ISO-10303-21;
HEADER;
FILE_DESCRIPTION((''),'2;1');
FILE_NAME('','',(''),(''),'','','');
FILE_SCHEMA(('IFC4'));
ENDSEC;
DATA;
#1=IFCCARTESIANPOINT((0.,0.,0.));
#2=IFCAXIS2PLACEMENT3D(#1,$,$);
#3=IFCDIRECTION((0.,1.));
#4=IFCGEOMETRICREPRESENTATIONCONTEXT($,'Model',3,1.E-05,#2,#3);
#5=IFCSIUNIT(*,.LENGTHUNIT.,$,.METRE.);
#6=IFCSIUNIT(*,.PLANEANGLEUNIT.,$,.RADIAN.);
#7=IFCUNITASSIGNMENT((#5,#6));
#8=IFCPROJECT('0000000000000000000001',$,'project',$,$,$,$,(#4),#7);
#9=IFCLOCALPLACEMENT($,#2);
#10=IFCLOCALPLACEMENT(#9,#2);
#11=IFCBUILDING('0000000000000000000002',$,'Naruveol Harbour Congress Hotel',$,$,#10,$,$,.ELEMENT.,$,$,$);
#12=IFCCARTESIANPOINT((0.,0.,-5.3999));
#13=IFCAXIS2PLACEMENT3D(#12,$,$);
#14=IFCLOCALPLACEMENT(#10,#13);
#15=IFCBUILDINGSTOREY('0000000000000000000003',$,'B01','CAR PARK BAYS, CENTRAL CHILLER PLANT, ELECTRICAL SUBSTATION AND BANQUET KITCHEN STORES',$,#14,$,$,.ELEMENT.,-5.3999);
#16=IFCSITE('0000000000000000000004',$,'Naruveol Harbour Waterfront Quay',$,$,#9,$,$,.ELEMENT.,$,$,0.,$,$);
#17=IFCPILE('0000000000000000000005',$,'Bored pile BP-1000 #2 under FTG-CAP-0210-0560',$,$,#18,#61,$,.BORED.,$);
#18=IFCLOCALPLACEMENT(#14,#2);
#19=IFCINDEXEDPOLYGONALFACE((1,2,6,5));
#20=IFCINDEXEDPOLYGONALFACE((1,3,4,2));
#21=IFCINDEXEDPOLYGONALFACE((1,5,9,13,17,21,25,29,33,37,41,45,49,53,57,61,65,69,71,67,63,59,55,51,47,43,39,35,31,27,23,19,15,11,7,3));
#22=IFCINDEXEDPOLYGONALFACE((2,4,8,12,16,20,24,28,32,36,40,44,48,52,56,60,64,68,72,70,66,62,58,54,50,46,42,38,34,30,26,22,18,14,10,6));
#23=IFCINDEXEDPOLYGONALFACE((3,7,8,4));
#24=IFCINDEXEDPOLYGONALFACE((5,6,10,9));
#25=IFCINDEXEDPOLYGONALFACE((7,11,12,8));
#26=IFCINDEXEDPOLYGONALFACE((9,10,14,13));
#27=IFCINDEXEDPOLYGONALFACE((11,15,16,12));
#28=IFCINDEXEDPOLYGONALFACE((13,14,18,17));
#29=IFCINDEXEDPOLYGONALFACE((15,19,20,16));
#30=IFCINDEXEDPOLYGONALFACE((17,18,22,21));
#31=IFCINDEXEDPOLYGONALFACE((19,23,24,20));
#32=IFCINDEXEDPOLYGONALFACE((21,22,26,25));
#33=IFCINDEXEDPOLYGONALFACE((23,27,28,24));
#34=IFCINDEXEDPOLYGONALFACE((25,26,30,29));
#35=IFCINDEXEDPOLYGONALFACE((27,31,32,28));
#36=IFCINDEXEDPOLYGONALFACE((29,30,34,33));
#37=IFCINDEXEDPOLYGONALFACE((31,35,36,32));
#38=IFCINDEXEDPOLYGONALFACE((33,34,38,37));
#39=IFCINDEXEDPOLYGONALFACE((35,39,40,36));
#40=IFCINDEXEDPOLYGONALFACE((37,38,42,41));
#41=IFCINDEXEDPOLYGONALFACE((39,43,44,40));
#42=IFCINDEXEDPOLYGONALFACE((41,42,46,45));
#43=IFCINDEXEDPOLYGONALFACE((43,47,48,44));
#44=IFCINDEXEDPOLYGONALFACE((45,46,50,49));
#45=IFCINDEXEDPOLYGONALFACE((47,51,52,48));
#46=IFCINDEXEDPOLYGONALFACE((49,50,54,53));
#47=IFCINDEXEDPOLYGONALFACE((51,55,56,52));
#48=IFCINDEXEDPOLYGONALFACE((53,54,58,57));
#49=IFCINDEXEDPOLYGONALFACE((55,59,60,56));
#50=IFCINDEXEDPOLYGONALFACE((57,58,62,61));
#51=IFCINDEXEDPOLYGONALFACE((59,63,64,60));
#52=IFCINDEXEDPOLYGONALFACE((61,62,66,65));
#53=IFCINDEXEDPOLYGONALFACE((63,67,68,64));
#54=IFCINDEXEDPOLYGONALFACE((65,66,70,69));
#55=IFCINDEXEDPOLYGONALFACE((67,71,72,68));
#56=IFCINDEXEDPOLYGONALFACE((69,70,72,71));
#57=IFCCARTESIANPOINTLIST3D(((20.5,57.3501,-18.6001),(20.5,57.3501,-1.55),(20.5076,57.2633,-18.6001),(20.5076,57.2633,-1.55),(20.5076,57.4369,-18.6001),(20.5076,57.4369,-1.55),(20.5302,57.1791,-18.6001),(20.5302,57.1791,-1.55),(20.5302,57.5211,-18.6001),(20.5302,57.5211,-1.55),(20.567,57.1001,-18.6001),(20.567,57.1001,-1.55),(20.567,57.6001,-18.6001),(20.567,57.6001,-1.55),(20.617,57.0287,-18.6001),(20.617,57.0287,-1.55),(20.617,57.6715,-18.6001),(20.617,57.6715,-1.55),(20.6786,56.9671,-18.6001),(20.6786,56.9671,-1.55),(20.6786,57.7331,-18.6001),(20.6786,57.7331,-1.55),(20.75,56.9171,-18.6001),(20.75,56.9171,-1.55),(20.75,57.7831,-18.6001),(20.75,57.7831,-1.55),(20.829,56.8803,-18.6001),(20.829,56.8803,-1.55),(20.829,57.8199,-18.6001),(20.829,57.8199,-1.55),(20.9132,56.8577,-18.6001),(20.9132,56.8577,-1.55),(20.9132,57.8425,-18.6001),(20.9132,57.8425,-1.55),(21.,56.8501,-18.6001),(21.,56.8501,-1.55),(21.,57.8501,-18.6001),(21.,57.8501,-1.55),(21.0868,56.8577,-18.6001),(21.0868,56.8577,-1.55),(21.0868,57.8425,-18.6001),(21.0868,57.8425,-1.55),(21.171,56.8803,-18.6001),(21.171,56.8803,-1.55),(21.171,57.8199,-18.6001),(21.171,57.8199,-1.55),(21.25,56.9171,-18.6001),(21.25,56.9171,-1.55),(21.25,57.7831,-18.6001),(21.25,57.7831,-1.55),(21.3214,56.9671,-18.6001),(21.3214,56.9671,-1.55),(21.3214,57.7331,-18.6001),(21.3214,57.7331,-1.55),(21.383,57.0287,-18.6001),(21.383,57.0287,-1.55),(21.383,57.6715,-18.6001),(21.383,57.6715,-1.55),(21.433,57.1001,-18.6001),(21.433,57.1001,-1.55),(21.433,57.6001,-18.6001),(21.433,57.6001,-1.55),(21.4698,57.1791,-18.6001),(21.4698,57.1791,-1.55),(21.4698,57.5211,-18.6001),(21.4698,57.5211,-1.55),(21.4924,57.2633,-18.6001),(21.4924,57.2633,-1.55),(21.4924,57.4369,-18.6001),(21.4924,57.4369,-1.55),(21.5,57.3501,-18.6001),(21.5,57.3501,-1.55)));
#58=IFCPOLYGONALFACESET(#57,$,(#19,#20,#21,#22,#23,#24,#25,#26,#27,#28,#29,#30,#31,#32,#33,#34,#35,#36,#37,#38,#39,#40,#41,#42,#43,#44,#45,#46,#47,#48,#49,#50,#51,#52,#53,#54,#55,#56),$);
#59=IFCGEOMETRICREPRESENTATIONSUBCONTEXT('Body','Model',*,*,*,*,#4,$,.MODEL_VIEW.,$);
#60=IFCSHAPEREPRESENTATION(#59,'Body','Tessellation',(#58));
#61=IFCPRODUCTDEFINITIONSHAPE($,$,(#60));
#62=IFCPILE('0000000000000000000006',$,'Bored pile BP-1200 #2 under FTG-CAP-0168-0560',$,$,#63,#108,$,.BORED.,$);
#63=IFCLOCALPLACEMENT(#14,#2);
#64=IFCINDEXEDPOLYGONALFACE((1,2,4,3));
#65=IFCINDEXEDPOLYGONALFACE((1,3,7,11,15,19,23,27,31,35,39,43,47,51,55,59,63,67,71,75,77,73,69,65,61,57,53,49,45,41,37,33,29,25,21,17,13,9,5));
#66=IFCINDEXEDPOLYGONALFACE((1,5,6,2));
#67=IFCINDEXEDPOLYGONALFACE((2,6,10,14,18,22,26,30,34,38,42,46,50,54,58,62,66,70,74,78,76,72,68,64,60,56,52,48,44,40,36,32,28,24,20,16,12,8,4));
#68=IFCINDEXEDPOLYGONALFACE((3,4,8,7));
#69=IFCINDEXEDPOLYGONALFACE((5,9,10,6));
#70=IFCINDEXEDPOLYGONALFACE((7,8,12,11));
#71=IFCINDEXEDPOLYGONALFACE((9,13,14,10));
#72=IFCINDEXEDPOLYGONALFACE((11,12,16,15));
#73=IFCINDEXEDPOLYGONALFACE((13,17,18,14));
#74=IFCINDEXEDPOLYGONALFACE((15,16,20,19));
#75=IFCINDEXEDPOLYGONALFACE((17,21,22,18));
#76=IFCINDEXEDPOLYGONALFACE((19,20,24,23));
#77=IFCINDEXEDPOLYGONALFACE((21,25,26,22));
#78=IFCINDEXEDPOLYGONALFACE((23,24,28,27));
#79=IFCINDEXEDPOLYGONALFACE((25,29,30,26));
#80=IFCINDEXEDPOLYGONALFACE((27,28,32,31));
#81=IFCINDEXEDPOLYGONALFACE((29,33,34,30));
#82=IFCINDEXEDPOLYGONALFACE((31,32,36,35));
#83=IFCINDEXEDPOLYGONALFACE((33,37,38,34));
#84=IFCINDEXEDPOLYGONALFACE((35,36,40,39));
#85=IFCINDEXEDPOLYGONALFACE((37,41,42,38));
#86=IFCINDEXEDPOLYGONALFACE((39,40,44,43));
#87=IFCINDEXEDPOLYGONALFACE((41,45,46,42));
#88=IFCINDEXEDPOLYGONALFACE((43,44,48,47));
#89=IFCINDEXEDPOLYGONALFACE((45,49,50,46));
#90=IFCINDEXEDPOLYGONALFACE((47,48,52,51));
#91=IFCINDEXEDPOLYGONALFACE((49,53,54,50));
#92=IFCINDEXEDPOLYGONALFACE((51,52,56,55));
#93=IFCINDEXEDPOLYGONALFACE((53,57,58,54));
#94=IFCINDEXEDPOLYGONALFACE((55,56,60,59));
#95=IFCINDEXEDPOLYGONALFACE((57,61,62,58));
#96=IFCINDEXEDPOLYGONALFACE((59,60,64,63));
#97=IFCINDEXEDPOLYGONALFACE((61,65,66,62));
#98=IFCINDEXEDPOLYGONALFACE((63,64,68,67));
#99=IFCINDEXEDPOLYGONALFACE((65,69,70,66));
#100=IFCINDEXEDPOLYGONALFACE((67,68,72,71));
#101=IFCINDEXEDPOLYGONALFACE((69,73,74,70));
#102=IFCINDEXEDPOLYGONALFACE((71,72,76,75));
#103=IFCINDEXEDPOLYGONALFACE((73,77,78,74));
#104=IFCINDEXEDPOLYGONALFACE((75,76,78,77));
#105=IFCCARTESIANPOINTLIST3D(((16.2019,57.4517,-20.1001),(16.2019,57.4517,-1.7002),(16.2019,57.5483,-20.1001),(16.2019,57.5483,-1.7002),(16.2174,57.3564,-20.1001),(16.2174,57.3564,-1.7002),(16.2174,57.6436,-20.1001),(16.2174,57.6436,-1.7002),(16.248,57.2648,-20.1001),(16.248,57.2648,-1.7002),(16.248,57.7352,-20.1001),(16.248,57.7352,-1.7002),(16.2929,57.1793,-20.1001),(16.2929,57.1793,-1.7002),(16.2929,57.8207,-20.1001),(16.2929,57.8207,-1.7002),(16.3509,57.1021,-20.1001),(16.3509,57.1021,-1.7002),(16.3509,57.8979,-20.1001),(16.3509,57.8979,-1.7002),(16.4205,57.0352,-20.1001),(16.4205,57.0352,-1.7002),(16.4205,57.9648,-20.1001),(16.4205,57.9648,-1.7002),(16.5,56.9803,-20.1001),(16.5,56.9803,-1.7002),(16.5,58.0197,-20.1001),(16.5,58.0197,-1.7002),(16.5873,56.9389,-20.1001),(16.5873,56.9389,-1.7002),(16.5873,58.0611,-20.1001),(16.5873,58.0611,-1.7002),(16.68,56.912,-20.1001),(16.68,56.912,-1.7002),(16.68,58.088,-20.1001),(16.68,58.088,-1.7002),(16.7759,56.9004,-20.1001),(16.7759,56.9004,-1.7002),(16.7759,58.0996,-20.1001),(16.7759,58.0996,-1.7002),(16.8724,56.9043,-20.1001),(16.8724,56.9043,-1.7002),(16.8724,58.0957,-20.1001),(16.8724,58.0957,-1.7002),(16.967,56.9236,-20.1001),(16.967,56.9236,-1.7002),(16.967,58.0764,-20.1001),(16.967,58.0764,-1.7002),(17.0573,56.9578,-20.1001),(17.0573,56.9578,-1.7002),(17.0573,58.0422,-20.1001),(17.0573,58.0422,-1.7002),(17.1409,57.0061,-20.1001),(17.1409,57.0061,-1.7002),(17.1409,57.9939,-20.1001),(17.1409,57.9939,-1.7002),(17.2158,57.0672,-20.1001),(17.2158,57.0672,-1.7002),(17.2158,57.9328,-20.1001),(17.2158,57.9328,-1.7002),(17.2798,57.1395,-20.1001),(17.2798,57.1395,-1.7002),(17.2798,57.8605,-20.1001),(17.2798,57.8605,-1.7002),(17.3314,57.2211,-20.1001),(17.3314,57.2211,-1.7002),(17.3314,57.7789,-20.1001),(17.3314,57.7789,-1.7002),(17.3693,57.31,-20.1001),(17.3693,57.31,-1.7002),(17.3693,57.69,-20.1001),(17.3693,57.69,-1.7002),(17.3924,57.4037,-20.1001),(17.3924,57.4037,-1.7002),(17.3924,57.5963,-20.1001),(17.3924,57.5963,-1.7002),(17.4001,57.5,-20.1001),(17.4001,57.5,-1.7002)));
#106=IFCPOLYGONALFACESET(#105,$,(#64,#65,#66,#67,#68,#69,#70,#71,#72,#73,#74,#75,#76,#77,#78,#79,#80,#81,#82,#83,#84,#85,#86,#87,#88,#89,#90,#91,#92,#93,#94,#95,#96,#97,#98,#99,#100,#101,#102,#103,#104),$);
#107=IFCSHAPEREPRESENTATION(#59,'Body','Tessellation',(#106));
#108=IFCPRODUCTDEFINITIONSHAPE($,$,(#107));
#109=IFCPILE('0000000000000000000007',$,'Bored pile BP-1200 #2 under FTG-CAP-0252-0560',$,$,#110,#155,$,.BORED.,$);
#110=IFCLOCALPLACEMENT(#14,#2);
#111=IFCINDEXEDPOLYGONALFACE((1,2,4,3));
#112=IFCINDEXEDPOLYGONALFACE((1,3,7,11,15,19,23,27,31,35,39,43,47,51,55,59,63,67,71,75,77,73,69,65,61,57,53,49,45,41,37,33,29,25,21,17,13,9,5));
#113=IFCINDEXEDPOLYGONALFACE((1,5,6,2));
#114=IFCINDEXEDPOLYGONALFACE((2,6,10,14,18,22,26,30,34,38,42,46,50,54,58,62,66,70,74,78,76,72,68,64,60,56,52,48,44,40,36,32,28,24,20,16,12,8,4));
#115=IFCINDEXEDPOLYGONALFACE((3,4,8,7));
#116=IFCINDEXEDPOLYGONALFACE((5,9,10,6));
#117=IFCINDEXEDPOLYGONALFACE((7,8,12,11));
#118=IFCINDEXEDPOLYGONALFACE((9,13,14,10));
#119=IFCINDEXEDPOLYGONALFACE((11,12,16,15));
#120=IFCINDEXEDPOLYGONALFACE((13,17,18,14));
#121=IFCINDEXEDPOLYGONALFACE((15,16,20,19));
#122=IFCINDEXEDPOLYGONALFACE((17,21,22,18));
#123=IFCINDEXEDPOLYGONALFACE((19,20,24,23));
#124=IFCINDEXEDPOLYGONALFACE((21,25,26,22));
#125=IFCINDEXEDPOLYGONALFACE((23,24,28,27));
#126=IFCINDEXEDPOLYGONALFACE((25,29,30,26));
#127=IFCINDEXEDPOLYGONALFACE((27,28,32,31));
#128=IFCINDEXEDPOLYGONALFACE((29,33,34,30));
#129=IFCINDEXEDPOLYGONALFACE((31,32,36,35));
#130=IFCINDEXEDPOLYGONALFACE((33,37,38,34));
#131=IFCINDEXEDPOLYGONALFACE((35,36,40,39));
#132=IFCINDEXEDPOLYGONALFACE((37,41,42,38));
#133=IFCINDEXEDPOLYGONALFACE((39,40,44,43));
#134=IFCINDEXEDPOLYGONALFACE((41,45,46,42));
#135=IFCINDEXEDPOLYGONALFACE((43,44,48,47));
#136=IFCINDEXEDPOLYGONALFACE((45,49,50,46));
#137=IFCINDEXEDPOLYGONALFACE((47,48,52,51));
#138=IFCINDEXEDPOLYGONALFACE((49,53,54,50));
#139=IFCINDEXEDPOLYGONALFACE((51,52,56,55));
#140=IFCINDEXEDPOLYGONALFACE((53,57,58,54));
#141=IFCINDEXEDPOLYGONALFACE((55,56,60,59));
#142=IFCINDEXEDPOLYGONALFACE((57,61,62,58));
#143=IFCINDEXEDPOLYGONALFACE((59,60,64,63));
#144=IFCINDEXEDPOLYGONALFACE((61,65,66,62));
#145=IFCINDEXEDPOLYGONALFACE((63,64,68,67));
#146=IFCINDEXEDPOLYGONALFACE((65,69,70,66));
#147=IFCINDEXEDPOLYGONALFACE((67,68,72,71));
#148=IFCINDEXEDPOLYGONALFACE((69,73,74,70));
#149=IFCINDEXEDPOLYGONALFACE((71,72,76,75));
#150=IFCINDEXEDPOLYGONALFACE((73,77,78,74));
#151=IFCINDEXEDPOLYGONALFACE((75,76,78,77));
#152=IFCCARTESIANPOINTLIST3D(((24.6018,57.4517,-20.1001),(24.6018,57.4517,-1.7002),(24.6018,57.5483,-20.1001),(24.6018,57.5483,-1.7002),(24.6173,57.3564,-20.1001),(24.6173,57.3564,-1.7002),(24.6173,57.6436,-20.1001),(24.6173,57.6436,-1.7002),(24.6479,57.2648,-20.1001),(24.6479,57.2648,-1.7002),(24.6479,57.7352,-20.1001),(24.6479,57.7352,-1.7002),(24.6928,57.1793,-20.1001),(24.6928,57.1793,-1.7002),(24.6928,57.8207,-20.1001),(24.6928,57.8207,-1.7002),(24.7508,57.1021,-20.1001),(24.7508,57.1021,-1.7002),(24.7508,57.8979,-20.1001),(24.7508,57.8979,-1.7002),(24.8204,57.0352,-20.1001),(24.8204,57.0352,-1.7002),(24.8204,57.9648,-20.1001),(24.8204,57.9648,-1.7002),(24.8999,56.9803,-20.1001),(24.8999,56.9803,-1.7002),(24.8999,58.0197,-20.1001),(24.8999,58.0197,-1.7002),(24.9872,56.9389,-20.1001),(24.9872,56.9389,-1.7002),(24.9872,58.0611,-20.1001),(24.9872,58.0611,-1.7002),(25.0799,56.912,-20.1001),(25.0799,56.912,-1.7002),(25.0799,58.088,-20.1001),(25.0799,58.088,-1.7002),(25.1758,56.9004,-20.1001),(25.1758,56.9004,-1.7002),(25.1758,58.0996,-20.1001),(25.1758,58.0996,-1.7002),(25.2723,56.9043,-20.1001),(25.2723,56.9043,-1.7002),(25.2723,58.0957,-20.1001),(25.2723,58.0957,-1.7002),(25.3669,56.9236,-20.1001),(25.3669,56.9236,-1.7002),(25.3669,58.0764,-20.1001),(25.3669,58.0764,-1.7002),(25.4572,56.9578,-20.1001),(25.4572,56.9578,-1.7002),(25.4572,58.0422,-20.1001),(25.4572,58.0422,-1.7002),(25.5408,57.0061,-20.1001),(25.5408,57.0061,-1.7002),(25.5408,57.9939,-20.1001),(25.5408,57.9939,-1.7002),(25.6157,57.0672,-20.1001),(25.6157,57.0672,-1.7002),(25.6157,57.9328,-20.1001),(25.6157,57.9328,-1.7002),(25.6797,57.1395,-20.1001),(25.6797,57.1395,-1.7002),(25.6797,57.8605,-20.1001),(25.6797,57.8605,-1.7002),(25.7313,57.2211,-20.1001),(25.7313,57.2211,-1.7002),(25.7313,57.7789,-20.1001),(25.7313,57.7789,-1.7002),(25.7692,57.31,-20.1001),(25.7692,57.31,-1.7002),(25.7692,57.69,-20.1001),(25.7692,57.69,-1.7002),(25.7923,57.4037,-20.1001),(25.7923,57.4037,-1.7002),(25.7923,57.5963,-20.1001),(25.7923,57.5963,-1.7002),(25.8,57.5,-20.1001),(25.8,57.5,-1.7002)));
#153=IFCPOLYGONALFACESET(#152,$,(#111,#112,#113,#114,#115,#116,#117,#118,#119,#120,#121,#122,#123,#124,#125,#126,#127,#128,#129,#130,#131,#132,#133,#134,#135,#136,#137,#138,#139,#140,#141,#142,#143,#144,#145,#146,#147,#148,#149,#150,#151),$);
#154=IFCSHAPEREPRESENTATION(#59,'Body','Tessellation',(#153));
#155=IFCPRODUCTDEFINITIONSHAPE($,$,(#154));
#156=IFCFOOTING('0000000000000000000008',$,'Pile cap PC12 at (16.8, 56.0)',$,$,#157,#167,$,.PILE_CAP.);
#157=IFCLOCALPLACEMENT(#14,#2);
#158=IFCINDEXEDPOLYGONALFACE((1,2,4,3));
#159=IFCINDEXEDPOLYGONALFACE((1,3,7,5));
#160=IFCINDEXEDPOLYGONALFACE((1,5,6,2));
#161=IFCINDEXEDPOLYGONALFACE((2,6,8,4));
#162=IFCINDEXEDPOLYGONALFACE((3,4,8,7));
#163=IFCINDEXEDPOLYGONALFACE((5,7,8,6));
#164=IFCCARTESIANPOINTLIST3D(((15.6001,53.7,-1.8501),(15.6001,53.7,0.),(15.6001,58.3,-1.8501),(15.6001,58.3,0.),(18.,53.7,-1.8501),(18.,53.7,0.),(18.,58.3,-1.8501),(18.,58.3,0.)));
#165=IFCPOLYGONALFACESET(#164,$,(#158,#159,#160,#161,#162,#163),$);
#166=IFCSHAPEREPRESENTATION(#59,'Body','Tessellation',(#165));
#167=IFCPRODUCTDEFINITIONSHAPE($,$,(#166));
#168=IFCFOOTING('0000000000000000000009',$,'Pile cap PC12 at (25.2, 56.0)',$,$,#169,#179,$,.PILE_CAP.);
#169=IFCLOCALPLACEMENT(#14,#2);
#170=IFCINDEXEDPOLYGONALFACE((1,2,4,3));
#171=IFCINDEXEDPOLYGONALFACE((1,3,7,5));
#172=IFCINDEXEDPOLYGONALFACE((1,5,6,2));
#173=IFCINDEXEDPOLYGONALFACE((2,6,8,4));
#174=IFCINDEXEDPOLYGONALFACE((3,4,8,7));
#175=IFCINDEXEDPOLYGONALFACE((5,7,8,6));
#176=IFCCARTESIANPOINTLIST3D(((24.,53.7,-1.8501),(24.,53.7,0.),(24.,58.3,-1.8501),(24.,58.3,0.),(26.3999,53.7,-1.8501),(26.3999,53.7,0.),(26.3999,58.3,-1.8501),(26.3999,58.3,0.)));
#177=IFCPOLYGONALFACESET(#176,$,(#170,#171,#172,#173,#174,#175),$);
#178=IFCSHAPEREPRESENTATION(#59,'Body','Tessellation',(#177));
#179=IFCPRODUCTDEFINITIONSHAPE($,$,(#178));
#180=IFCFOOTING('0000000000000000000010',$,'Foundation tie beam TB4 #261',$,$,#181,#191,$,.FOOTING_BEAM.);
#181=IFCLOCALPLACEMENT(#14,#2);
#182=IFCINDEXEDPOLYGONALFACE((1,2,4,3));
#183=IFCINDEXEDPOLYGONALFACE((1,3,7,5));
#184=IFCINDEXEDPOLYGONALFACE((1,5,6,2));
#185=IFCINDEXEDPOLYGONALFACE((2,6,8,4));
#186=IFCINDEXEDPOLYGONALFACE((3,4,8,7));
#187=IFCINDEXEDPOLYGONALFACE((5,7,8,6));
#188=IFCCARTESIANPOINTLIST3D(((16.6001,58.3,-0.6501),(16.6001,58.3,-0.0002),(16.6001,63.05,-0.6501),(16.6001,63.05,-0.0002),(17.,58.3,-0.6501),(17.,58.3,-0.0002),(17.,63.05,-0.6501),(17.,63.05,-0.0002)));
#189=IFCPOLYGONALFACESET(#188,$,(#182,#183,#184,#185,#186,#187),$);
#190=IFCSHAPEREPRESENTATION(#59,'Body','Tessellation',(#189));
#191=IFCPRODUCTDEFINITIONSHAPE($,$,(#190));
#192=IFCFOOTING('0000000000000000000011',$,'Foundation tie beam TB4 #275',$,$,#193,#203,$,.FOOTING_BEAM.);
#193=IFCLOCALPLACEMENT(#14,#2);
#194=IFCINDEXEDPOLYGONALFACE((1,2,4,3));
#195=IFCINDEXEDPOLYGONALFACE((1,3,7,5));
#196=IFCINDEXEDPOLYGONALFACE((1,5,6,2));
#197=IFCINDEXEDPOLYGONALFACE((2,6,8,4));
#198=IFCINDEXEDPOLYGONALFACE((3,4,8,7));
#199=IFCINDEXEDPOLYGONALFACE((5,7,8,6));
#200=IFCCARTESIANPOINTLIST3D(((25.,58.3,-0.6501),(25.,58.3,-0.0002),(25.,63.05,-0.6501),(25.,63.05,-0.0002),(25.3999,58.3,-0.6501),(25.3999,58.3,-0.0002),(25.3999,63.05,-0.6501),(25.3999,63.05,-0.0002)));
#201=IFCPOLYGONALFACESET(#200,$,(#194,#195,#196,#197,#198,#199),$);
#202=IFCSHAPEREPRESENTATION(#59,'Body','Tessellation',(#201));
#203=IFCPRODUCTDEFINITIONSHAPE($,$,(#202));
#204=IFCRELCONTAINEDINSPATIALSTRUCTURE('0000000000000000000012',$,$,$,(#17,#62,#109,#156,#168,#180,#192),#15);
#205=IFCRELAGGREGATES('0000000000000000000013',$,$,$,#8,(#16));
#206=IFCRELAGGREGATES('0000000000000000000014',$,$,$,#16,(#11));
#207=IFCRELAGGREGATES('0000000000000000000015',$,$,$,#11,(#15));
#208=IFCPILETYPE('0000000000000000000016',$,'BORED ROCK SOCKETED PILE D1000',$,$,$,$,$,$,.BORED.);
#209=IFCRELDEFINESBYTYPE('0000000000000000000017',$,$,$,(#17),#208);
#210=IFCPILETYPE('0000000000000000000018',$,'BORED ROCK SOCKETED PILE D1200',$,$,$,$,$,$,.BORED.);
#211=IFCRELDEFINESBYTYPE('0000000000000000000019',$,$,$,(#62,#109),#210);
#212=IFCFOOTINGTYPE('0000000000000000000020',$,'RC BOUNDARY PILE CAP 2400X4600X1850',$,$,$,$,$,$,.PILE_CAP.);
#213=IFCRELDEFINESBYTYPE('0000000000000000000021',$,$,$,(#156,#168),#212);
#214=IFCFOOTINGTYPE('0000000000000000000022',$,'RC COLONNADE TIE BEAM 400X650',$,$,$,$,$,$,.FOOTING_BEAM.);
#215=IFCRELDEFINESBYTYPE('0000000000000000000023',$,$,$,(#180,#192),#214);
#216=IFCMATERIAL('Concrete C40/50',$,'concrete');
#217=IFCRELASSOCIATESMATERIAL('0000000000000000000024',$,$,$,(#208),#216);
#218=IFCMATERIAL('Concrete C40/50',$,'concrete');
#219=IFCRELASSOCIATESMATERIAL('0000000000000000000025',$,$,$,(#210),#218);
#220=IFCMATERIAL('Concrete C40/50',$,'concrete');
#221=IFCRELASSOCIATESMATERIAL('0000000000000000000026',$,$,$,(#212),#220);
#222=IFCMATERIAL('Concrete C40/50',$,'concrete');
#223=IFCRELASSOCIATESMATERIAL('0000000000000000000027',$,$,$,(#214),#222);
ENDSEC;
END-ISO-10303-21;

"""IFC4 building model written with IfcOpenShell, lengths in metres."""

from ifc_helpers import new_model, si_unit, direction, frame, origin, origin_2d, place, context, subcontext, project, spatial, rectangle, circle, extrude, material, material_profile, profile_set, type_object, element, save


model = new_model("IFC4")

# Units and contexts
model_context = context("Model", 3, precision=1e-05, world=origin(), true_north=direction((0.0, 1.0)))
body_context = subcontext(model_context, "Body", "Model", "MODEL_VIEW")
ifc_project = project(units=[si_unit("LENGTHUNIT", "METRE"), si_unit("PLANEANGLEUNIT", "RADIAN")], contexts=[model_context])

# Site, building, storey
site_placement = place(None, origin())
site = spatial("IfcSite", under=ifc_project, at=site_placement, Name="Naruveol Harbour Waterfront Quay", CompositionType="ELEMENT", RefElevation=0.0)
building_placement = place(site_placement, origin())
building = spatial("IfcBuilding", under=site, at=building_placement, Name="Naruveol Harbour Congress Hotel", CompositionType="ELEMENT")
storey_placement = place(building_placement, frame((0.0, 0.0, -5.3999)))
storey = spatial("IfcBuildingStorey", under=building, at=storey_placement, Name="B01", Description="CAR PARK BAYS, CENTRAL CHILLER PLANT, ELECTRICAL SUBSTATION AND BANQUET KITCHEN STORES", CompositionType="ELEMENT", Elevation=-5.3999)

# Piles
ifc_material_1 = material(Name="Concrete C40/50", Category="concrete")
ifc_material_profile_1 = material_profile(ifc_material_1, circle(Radius=0.5, at=origin_2d()), Name="BP-1000")
ifc_profile_set_1 = profile_set([ifc_material_profile_1], Name="Concrete C40/50")
pile_type_1 = type_object("IfcPileType", Name="BORED ROCK SOCKETED PILE D1000", PredefinedType="BORED", material=ifc_profile_set_1)
pile_placement = place(storey_placement, frame((21.0, 57.3501, -1.55), z_axis=(0.0, 0.0, -1.0), x_axis=(1.0, 0.0, 0.0)))
element("IfcPile", 1, at=pile_placement, inside=storey, type_object=pile_type_1, Name="Bored pile BP-1000 #2 under FTG-CAP-0210-0560", PredefinedType="BORED", context=body_context, shape_type="SweptSolid", body=[
    extrude(circle(Radius=0.5, at=origin_2d()), origin(), (0.0, 0.0, 1.0), 17.05),
])
ifc_material_2 = material(Name="Concrete C40/50", Category="concrete")
ifc_material_profile_2 = material_profile(ifc_material_2, circle(Radius=0.6001, at=origin_2d()), Name="BP-1200")
ifc_profile_set_2 = profile_set([ifc_material_profile_2], Name="Concrete C40/50")
pile_type_2 = type_object("IfcPileType", Name="BORED ROCK SOCKETED PILE D1200", PredefinedType="BORED", material=ifc_profile_set_2)
for number, where, z_axis, x_axis, name in (
    (2, (16.8, 57.5, -1.7002), (0.0, 0.0, -1.0), (1.0, 0.0, 0.0), "Bored pile BP-1200 #2 under FTG-CAP-0168-0560"),
    (3, (25.2, 57.5, -1.7002), (0.0, 0.0, -1.0), (1.0, 0.0, 0.0), "Bored pile BP-1200 #2 under FTG-CAP-0252-0560"),
):
    element("IfcPile", number, at=place(storey_placement, frame(where, z_axis=z_axis, x_axis=x_axis)), inside=storey, type_object=pile_type_2, Name=name, PredefinedType="BORED", context=body_context, shape_type="SweptSolid", body=[
        extrude(circle(Radius=0.6001, at=origin_2d()), origin(), (0.0, 0.0, 1.0), 18.3999),
    ])

# Footings
ifc_material_3 = material(Name="Concrete C40/50", Category="concrete")
footing_type_1 = type_object("IfcFootingType", Name="RC BOUNDARY PILE CAP 2400X4600X1850", PredefinedType="PILE_CAP", material=ifc_material_3)
for number, where, z_axis, x_axis, name in (
    (4, (16.8, 56.0, -1.8501), (0.0, 0.0, 1.0), (1.0, 0.0, 0.0), "Pile cap PC12 at (16.8, 56.0)"),
    (5, (25.2, 56.0, -1.8501), (0.0, 0.0, 1.0), (1.0, 0.0, 0.0), "Pile cap PC12 at (25.2, 56.0)"),
):
    element("IfcFooting", number, at=place(storey_placement, frame(where, z_axis=z_axis, x_axis=x_axis)), inside=storey, type_object=footing_type_1, Name=name, PredefinedType="PILE_CAP", context=body_context, shape_type="SweptSolid", body=[
        extrude(rectangle(XDim=2.3999, YDim=4.6001, at=origin_2d()), origin(), (0.0, 0.0, 1.0), 1.8501),
    ])
ifc_material_4 = material(Name="Concrete C40/50", Category="concrete")
ifc_material_profile_3 = material_profile(ifc_material_4, rectangle(XDim=0.3999, YDim=0.6499, at=origin_2d()), Name="RCB-400x650")
ifc_profile_set_3 = profile_set([ifc_material_profile_3], Name="Concrete C40/50")
footing_type_2 = type_object("IfcFootingType", Name="RC COLONNADE TIE BEAM 400X650", PredefinedType="FOOTING_BEAM", material=ifc_profile_set_3)
for number, where, z_axis, x_axis, name in (
    (6, (16.8, 58.3, -0.3252), (0.0, 1.0, 0.0), (-1.0, 0.0, 0.0), "Foundation tie beam TB4 #261"),
    (7, (25.2, 58.3, -0.3252), (0.0, 1.0, 0.0), (-1.0, 0.0, 0.0), "Foundation tie beam TB4 #275"),
):
    element("IfcFooting", number, at=place(storey_placement, frame(where, z_axis=z_axis, x_axis=x_axis)), inside=storey, type_object=footing_type_2, Name=name, PredefinedType="FOOTING_BEAM", context=body_context, shape_type="SweptSolid", body=[
        extrude(rectangle(XDim=0.3999, YDim=0.6499, at=origin_2d()), origin(), (0.0, 0.0, 1.0), 4.75),
    ])

save(model, "model.ifc")
